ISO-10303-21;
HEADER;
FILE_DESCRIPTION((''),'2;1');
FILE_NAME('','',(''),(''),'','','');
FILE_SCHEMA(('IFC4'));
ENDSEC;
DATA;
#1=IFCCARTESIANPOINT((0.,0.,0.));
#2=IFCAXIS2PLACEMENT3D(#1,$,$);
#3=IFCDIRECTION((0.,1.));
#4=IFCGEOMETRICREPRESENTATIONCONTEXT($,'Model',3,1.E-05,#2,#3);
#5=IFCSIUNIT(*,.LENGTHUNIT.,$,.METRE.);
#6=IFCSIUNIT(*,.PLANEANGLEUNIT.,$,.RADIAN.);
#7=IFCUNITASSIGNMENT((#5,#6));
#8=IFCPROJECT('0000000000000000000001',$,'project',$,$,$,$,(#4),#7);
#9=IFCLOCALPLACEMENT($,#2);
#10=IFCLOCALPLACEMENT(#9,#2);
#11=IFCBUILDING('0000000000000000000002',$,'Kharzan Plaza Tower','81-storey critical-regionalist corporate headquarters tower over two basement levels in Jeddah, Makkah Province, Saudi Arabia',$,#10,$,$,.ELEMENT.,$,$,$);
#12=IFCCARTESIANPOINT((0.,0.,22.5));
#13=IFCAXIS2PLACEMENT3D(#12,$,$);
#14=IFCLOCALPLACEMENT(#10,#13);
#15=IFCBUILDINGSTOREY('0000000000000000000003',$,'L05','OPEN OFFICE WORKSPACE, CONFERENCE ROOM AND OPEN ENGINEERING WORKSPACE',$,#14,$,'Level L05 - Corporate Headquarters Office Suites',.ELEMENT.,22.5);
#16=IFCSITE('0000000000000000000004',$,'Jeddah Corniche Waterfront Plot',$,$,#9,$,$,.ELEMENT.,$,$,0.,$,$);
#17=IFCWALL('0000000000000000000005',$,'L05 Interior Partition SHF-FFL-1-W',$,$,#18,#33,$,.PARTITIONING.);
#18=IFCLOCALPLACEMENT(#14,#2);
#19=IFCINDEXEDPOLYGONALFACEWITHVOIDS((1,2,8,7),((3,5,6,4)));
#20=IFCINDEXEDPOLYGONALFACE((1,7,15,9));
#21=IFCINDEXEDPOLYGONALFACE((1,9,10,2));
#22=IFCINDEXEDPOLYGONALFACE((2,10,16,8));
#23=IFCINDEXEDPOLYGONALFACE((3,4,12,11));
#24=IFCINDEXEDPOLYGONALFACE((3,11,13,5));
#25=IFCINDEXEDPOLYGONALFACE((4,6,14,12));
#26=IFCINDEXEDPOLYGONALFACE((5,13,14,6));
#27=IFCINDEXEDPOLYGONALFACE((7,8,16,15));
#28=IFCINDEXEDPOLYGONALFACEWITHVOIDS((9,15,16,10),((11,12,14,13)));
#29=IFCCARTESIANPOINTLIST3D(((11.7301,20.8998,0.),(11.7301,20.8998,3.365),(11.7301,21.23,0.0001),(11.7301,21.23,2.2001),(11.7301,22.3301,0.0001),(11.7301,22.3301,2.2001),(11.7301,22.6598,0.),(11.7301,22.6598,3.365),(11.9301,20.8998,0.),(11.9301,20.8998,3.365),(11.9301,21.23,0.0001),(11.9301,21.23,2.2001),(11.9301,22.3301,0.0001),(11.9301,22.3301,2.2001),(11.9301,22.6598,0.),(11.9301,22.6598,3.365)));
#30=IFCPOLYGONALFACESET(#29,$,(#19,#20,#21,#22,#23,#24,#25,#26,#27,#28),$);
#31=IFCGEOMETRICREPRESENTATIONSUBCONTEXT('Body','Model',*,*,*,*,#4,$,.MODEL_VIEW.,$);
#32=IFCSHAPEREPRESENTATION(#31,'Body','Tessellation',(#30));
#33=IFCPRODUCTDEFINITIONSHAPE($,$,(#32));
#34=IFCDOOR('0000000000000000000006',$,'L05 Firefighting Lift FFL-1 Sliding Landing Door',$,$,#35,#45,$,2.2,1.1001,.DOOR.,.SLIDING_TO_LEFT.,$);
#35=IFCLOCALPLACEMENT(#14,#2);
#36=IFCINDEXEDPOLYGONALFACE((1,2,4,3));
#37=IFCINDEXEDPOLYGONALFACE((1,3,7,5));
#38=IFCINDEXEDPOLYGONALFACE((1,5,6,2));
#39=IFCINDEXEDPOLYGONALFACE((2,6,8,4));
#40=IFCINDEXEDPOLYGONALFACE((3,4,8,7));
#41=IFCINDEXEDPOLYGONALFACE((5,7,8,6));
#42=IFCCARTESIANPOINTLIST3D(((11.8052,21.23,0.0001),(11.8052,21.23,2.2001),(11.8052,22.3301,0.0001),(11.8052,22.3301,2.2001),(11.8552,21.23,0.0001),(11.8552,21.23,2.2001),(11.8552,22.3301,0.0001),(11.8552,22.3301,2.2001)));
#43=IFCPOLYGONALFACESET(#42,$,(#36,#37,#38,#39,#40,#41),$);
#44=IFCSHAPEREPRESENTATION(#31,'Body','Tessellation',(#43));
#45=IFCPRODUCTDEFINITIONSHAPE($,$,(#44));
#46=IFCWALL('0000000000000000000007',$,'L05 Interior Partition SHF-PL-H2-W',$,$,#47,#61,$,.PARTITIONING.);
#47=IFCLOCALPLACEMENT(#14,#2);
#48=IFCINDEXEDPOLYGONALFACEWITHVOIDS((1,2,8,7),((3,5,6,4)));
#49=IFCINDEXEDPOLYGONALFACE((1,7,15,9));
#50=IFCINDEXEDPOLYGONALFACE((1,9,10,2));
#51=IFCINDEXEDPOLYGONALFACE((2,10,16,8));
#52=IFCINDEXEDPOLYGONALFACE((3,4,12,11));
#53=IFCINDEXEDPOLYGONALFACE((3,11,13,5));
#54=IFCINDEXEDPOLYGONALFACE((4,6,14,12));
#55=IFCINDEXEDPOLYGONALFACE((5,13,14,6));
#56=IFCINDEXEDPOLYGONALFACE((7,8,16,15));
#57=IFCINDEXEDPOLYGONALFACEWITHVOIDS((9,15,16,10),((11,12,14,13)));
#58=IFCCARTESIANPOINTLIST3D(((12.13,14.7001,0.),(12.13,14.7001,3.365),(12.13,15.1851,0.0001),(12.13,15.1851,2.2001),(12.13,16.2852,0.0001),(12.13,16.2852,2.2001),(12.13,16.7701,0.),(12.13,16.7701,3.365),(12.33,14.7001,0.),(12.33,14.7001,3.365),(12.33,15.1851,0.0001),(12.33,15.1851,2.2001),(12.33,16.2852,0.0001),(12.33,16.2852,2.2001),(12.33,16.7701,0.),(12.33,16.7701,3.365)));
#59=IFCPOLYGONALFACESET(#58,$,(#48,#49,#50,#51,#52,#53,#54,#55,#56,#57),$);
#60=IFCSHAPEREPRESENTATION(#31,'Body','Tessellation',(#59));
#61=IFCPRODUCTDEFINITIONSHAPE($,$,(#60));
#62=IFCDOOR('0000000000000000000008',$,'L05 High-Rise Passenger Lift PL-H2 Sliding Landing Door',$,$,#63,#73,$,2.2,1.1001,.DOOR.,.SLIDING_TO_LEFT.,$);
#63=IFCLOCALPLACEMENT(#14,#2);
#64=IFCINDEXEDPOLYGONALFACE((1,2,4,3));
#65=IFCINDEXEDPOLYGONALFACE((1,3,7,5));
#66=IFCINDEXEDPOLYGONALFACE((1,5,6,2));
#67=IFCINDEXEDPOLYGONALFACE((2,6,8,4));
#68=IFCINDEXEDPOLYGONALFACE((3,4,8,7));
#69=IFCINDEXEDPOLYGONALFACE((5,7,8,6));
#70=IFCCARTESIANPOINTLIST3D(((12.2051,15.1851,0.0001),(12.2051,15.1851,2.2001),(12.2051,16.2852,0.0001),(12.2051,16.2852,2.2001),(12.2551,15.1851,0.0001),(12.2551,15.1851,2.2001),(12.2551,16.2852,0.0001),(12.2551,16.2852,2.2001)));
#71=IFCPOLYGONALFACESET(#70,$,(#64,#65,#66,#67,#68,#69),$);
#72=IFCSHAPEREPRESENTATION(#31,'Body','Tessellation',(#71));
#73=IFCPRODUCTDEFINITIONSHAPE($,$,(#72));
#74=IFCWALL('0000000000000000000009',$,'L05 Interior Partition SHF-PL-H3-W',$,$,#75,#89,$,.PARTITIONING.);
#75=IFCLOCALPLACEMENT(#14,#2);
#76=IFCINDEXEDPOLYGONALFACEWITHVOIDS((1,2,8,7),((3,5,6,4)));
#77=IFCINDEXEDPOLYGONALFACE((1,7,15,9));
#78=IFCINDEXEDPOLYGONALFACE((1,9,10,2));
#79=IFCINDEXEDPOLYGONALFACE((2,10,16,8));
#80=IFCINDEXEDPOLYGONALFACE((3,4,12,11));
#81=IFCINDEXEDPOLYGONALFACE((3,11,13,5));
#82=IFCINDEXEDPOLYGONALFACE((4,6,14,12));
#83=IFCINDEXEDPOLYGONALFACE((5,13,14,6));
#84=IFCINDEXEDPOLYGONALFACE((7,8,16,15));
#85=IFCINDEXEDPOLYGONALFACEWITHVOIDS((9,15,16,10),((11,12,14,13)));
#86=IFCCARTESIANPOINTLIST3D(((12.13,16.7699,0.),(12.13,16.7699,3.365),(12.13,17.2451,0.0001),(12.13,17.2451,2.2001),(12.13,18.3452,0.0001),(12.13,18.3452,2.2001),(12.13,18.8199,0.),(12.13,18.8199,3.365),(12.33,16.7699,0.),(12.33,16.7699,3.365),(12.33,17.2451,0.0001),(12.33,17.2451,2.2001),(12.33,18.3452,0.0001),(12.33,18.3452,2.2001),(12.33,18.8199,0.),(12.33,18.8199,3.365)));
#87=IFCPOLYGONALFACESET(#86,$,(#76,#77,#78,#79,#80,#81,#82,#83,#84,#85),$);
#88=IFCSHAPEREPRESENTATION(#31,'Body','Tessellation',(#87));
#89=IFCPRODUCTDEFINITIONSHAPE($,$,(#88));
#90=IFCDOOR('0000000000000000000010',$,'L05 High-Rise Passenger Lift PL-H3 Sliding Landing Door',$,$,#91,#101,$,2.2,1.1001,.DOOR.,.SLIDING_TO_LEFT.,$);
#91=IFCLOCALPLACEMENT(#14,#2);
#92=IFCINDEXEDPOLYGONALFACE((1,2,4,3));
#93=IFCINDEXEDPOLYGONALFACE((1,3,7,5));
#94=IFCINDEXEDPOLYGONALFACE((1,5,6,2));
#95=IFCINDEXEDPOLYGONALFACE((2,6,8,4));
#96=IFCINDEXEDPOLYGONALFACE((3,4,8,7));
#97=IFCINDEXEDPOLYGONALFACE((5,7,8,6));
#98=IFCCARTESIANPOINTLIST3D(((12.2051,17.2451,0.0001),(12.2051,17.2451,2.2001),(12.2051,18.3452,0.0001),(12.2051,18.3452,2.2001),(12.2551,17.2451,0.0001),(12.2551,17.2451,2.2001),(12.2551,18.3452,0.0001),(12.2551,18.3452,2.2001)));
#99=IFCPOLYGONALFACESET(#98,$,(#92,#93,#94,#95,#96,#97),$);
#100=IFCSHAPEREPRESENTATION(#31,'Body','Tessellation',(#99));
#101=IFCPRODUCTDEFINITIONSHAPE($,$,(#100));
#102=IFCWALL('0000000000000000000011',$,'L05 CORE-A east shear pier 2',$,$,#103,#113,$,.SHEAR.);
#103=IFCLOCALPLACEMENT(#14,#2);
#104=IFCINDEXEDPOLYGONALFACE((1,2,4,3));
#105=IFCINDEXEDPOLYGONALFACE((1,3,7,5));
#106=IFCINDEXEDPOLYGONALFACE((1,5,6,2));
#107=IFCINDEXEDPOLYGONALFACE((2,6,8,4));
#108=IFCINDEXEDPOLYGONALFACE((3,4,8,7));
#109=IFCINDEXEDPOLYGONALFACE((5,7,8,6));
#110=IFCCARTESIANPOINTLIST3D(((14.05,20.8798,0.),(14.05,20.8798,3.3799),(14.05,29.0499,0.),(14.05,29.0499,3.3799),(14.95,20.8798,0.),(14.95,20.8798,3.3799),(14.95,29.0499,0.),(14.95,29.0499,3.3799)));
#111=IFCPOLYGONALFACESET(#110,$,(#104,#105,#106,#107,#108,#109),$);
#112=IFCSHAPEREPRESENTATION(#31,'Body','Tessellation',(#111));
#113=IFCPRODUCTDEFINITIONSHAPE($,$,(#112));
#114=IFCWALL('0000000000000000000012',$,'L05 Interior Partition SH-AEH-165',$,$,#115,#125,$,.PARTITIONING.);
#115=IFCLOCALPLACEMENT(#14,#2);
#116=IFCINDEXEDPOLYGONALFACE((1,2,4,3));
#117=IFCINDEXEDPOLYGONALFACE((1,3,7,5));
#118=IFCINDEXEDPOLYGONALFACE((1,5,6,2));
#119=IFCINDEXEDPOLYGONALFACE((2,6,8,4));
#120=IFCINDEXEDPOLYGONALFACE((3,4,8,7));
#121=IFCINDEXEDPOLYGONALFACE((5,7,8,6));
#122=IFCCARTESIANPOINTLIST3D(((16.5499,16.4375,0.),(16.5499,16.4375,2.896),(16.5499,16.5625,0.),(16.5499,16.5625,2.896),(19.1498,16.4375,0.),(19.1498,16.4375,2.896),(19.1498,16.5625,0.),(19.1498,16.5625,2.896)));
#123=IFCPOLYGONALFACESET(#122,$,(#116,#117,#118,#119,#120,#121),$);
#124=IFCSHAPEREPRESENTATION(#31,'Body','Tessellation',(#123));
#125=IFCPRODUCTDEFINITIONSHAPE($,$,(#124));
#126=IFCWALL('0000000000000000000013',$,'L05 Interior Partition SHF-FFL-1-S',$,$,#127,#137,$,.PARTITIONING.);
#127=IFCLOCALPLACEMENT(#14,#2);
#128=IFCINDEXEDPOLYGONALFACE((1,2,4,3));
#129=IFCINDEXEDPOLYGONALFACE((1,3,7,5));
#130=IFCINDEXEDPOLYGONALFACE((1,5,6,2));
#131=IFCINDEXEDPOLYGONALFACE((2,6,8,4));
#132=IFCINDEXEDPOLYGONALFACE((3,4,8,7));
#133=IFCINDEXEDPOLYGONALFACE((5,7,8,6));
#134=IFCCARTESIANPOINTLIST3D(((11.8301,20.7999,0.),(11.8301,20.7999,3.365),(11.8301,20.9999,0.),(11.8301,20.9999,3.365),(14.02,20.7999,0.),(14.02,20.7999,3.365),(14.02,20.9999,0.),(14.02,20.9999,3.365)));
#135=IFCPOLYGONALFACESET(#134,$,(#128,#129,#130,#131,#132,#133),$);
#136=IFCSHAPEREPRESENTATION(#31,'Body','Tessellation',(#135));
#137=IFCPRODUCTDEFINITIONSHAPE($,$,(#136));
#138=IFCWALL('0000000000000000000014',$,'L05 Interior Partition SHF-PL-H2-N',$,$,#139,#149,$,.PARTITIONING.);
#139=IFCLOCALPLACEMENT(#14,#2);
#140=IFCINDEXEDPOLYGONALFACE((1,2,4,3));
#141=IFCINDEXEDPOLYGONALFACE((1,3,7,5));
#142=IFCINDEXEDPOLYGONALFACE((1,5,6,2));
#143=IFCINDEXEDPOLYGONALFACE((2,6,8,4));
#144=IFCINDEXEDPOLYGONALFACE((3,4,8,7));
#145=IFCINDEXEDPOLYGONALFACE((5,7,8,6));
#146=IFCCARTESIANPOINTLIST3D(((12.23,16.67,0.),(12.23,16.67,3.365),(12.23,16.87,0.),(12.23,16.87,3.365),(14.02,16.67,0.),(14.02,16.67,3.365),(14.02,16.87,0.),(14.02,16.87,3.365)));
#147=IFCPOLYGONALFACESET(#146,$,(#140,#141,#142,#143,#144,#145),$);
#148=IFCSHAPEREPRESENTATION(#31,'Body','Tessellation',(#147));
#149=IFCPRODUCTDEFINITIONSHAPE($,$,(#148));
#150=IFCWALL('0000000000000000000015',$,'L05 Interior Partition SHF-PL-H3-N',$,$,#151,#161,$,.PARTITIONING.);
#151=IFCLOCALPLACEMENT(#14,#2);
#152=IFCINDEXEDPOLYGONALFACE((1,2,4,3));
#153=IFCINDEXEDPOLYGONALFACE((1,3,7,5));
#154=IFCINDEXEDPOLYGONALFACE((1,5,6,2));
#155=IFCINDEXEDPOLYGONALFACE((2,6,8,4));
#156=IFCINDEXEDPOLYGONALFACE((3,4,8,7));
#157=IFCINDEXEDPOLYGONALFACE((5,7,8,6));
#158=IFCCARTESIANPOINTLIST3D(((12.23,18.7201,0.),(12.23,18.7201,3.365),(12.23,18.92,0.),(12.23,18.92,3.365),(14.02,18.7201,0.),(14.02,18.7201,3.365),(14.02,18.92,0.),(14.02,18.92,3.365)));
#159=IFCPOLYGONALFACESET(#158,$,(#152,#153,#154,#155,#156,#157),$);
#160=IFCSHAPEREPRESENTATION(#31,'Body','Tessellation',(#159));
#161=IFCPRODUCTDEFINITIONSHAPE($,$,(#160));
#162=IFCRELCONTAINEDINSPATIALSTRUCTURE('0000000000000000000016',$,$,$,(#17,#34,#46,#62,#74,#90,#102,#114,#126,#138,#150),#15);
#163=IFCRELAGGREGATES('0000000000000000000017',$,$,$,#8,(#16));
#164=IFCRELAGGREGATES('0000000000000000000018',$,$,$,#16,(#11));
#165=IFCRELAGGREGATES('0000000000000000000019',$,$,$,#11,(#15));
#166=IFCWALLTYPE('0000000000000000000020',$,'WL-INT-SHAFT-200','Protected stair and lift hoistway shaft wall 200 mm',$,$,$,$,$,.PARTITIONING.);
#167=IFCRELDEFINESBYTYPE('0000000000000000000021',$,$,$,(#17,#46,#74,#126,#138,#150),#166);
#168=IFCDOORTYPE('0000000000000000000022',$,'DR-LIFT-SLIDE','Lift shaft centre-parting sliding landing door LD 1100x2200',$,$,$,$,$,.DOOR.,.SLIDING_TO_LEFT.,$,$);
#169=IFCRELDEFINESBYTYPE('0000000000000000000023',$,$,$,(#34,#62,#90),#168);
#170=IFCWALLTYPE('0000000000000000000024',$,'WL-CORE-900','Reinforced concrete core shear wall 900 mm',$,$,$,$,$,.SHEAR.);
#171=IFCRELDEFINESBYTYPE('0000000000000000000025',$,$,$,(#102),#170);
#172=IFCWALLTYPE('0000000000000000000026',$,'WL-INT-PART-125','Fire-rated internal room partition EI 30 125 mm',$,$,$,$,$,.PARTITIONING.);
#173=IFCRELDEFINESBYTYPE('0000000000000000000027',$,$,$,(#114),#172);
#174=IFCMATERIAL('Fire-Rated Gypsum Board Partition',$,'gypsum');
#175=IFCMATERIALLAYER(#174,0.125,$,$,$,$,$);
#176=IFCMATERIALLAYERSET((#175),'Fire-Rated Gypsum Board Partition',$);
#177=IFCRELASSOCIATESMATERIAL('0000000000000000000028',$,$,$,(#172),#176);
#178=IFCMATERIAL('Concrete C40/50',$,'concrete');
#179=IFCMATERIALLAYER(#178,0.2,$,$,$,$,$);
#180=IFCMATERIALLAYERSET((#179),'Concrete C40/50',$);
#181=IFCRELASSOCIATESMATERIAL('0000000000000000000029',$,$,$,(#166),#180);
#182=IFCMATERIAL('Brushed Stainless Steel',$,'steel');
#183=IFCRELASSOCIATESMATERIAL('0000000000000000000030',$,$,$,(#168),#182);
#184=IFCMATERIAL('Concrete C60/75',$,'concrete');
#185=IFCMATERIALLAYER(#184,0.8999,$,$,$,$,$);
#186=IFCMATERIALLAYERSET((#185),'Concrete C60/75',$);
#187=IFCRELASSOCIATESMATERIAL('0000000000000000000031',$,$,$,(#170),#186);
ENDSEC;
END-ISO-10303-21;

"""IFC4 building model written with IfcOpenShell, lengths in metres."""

from ifc_helpers import new_model, si_unit, direction, frame, frame_2d, origin, place, context, subcontext, project, spatial, rectangle, extrude, source, transform, mapped, material, layer, layer_set, type_object, element, fill, save


model = new_model("IFC4")

# Units and contexts
model_context = context("Model", 3, precision=1e-05, world=origin(), true_north=direction((0.0, 1.0)))
body_context = subcontext(model_context, "Body", "Model", "MODEL_VIEW")
ifc_project = project(units=[si_unit("LENGTHUNIT", "METRE"), si_unit("PLANEANGLEUNIT", "RADIAN")], contexts=[model_context])

# Site, building, storey
site_placement = place(None, origin())
site = spatial("IfcSite", under=ifc_project, at=site_placement, Name="Jeddah Corniche Waterfront Plot", CompositionType="ELEMENT", RefElevation=0.0)
building_placement = place(site_placement, origin())
building = spatial("IfcBuilding", under=site, at=building_placement, Name="Kharzan Plaza Tower", Description="81-storey critical-regionalist corporate headquarters tower over two basement levels in Jeddah, Makkah Province, Saudi Arabia", CompositionType="ELEMENT")
storey_placement = place(building_placement, frame((0.0, 0.0, 22.5)))
storey = spatial("IfcBuildingStorey", under=building, at=storey_placement, Name="L05", Description="OPEN OFFICE WORKSPACE, CONFERENCE ROOM AND OPEN ENGINEERING WORKSPACE", LongName="Level L05 - Corporate Headquarters Office Suites", CompositionType="ELEMENT", Elevation=22.5)

# Shared definitions
ifc_material_1 = material(Name="Concrete C60/75", Category="concrete")

# Walls, openings, doors
ifc_material_2 = material(Name="Fire-Rated Gypsum Board Partition", Category="gypsum")
ifc_layer_1 = layer(ifc_material_2, 0.125)
ifc_layer_set_1 = layer_set([ifc_layer_1], Name="Fire-Rated Gypsum Board Partition")
wall_type_1 = type_object("IfcWallType", Name="WL-INT-PART-125", Description="Fire-rated internal room partition EI 30 125 mm", PredefinedType="PARTITIONING", material=ifc_layer_set_1)
ifc_material_3 = material(Name="Concrete C40/50", Category="concrete")
ifc_layer_2 = layer(ifc_material_3, 0.2)
ifc_layer_set_2 = layer_set([ifc_layer_2], Name="Concrete C40/50")
wall_type_2 = type_object("IfcWallType", Name="WL-INT-SHAFT-200", Description="Protected stair and lift hoistway shaft wall 200 mm", PredefinedType="PARTITIONING", material=ifc_layer_set_2)
wall_1_placement = place(storey_placement, frame((11.8301, 20.8999, 0.0), z_axis=(0.0, 0.0, 1.0), x_axis=(0.0, 1.0, 0.0)))
wall_1 = element("IfcWall", 1, at=wall_1_placement, inside=storey, type_object=wall_type_2, Name="L05 Interior Partition SHF-FFL-1-W", PredefinedType="PARTITIONING", context=body_context, shape_type="SweptSolid", body=[
    extrude(rectangle(XDim=1.76, YDim=0.2, at=frame_2d((0.8799, 0.0))), origin(), (0.0, 0.0, 1.0), 3.365),
])
opening_1_placement = place(wall_1_placement, frame((0.3301, 0.0, 0.0)))
opening_1 = element("IfcOpeningElement", 2, at=opening_1_placement, cuts=wall_1, PredefinedType="OPENING", context=body_context, shape_type="SweptSolid", body=[
    extrude(rectangle(XDim=1.1001, YDim=2.2, at=frame_2d((0.55, 1.1001))), frame((0.0, 0.1099, 0.0), z_axis=(0.0, -1.0, 0.0), x_axis=(1.0, 0.0, 0.0)), (0.0, 0.0, 1.0), 0.22),
])
ifc_material_4 = material(Name="Brushed Stainless Steel", Category="steel")
door_type_1 = type_object("IfcDoorType", Name="DR-LIFT-SLIDE", Description="Lift shaft centre-parting sliding landing door LD 1100x2200", OperationType="SLIDING_TO_LEFT", PredefinedType="DOOR", material=ifc_material_4)
shared_shape_1 = source(origin(), body_context, "Body", "SweptSolid", [
    extrude(rectangle(XDim=1.1001, YDim=2.2, at=frame_2d((0.55, 1.1001))), frame((0.0, 0.0249, 0.0), z_axis=(0.0, -1.0, 0.0), x_axis=(1.0, 0.0, 0.0)), (0.0, 0.0, 1.0), 0.05),
])
door_1_placement = place(opening_1_placement, origin())
door_1 = element("IfcDoor", 3, at=door_1_placement, inside=storey, type_object=door_type_1, Name="L05 Firefighting Lift FFL-1 Sliding Landing Door", OperationType="SLIDING_TO_LEFT", OverallHeight=2.2, OverallWidth=1.1001, PredefinedType="DOOR", context=body_context, shape_type="MappedRepresentation", body=[
    mapped(shared_shape_1, transform((0.0, 0.0, 0.0), x_axis=(1.0, 0.0, 0.0), y_axis=(0.0, 1.0, 0.0), z_axis=(0.0, 0.0, 1.0))),
])
fill(opening_1, door_1)
wall_2_placement = place(storey_placement, frame((12.23, 14.7, 0.0), z_axis=(0.0, 0.0, 1.0), x_axis=(0.0, 1.0, 0.0)))
wall_2 = element("IfcWall", 4, at=wall_2_placement, inside=storey, type_object=wall_type_2, Name="L05 Interior Partition SHF-PL-H2-W", PredefinedType="PARTITIONING", context=body_context, shape_type="SweptSolid", body=[
    extrude(rectangle(XDim=2.0701, YDim=0.2, at=frame_2d((1.0352, 0.0))), origin(), (0.0, 0.0, 1.0), 3.365),
])
opening_2_placement = place(wall_2_placement, frame((0.4851, 0.0, 0.0)))
opening_2 = element("IfcOpeningElement", 5, at=opening_2_placement, cuts=wall_2, PredefinedType="OPENING", context=body_context, shape_type="SweptSolid", body=[
    extrude(rectangle(XDim=1.1001, YDim=2.2, at=frame_2d((0.55, 1.1001))), frame((0.0, 0.1099, 0.0), z_axis=(0.0, -1.0, 0.0), x_axis=(1.0, 0.0, 0.0)), (0.0, 0.0, 1.0), 0.22),
])
door_2_placement = place(opening_2_placement, origin())
door_2 = element("IfcDoor", 6, at=door_2_placement, inside=storey, type_object=door_type_1, Name="L05 High-Rise Passenger Lift PL-H2 Sliding Landing Door", OperationType="SLIDING_TO_LEFT", OverallHeight=2.2, OverallWidth=1.1001, PredefinedType="DOOR", context=body_context, shape_type="MappedRepresentation", body=[
    mapped(shared_shape_1, transform((0.0, 0.0, 0.0), x_axis=(1.0, 0.0, 0.0), y_axis=(0.0, 1.0, 0.0), z_axis=(0.0, 0.0, 1.0))),
])
fill(opening_2, door_2)
wall_3_placement = place(storey_placement, frame((12.23, 16.77, 0.0), z_axis=(0.0, 0.0, 1.0), x_axis=(0.0, 1.0, 0.0)))
wall_3 = element("IfcWall", 7, at=wall_3_placement, inside=storey, type_object=wall_type_2, Name="L05 Interior Partition SHF-PL-H3-W", PredefinedType="PARTITIONING", context=body_context, shape_type="SweptSolid", body=[
    extrude(rectangle(XDim=2.05, YDim=0.2, at=frame_2d((1.0249, 0.0))), origin(), (0.0, 0.0, 1.0), 3.365),
])
opening_3_placement = place(wall_3_placement, frame((0.4751, 0.0, 0.0)))
opening_3 = element("IfcOpeningElement", 8, at=opening_3_placement, cuts=wall_3, PredefinedType="OPENING", context=body_context, shape_type="SweptSolid", body=[
    extrude(rectangle(XDim=1.1001, YDim=2.2, at=frame_2d((0.55, 1.1001))), frame((0.0, 0.1099, 0.0), z_axis=(0.0, -1.0, 0.0), x_axis=(1.0, 0.0, 0.0)), (0.0, 0.0, 1.0), 0.22),
])
door_3_placement = place(opening_3_placement, origin())
door_3 = element("IfcDoor", 9, at=door_3_placement, inside=storey, type_object=door_type_1, Name="L05 High-Rise Passenger Lift PL-H3 Sliding Landing Door", OperationType="SLIDING_TO_LEFT", OverallHeight=2.2, OverallWidth=1.1001, PredefinedType="DOOR", context=body_context, shape_type="MappedRepresentation", body=[
    mapped(shared_shape_1, transform((0.0, 0.0, 0.0), x_axis=(1.0, 0.0, 0.0), y_axis=(0.0, 1.0, 0.0), z_axis=(0.0, 0.0, 1.0))),
])
fill(opening_3, door_3)

# Walls
ifc_layer_3 = layer(ifc_material_1, 0.8999)
ifc_layer_set_3 = layer_set([ifc_layer_3], Name="Concrete C60/75")
wall_type_3 = type_object("IfcWallType", Name="WL-CORE-900", Description="Reinforced concrete core shear wall 900 mm", PredefinedType="SHEAR", material=ifc_layer_set_3)
shared_shape_2 = source(origin(), body_context, "Body", "SweptSolid", [
    extrude(rectangle(XDim=8.1702, YDim=0.8999, at=frame_2d((4.085, 0.0))), origin(), (0.0, 0.0, 1.0), 3.3799),
])
wall_4_placement = place(storey_placement, frame((14.5, 20.8799, 0.0), z_axis=(0.0, 0.0, 1.0), x_axis=(0.0, 1.0, 0.0)))
element("IfcWall", 10, at=wall_4_placement, inside=storey, type_object=wall_type_3, Name="L05 CORE-A east shear pier 2", PredefinedType="SHEAR", context=body_context, shape_type="MappedRepresentation", body=[
    mapped(shared_shape_2, transform((0.0, 0.0, 0.0), x_axis=(1.0, 0.0, 0.0), y_axis=(0.0, 1.0, 0.0), z_axis=(0.0, 0.0, 1.0))),
])
shared_shape_3 = source(origin(), body_context, "Body", "SweptSolid", [
    extrude(rectangle(XDim=2.5999, YDim=0.125, at=frame_2d((1.2998, 0.0))), origin(), (0.0, 0.0, 1.0), 2.896),
])
wall_5_placement = place(storey_placement, frame((16.55, 16.5, 0.0), z_axis=(0.0, 0.0, 1.0), x_axis=(1.0, 0.0, 0.0)))
element("IfcWall", 11, at=wall_5_placement, inside=storey, type_object=wall_type_1, Name="L05 Interior Partition SH-AEH-165", PredefinedType="PARTITIONING", context=body_context, shape_type="MappedRepresentation", body=[
    mapped(shared_shape_3, transform((0.0, 0.0, 0.0), x_axis=(1.0, 0.0, 0.0), y_axis=(0.0, 1.0, 0.0), z_axis=(0.0, 0.0, 1.0))),
])
shared_shape_4 = source(origin(), body_context, "Body", "SweptSolid", [
    extrude(rectangle(XDim=2.1899, YDim=0.2, at=frame_2d((1.095, 0.0))), origin(), (0.0, 0.0, 1.0), 3.365),
])
wall_6_placement = place(storey_placement, frame((11.8301, 20.8999, 0.0), z_axis=(0.0, 0.0, 1.0), x_axis=(1.0, 0.0, 0.0)))
element("IfcWall", 12, at=wall_6_placement, inside=storey, type_object=wall_type_2, Name="L05 Interior Partition SHF-FFL-1-S", PredefinedType="PARTITIONING", context=body_context, shape_type="MappedRepresentation", body=[
    mapped(shared_shape_4, transform((0.0, 0.0, 0.0), x_axis=(1.0, 0.0, 0.0), y_axis=(0.0, 1.0, 0.0), z_axis=(0.0, 0.0, 1.0))),
])
shared_shape_5 = source(origin(), body_context, "Body", "SweptSolid", [
    extrude(rectangle(XDim=1.79, YDim=0.2, at=frame_2d((0.895, 0.0))), origin(), (0.0, 0.0, 1.0), 3.365),
])
for number, where, z_axis, x_axis, name in (
    (13, (12.23, 16.77, 0.0), (0.0, 0.0, 1.0), (1.0, 0.0, 0.0), "L05 Interior Partition SHF-PL-H2-N"),
    (14, (12.23, 18.8201, 0.0), (0.0, 0.0, 1.0), (1.0, 0.0, 0.0), "L05 Interior Partition SHF-PL-H3-N"),
):
    element("IfcWall", number, at=place(storey_placement, frame(where, z_axis=z_axis, x_axis=x_axis)), inside=storey, type_object=wall_type_2, Name=name, PredefinedType="PARTITIONING", context=body_context, shape_type="MappedRepresentation", body=[
        mapped(shared_shape_5, transform((0.0, 0.0, 0.0), x_axis=(1.0, 0.0, 0.0), y_axis=(0.0, 1.0, 0.0), z_axis=(0.0, 0.0, 1.0))),
    ])

save(model, "model.ifc")
